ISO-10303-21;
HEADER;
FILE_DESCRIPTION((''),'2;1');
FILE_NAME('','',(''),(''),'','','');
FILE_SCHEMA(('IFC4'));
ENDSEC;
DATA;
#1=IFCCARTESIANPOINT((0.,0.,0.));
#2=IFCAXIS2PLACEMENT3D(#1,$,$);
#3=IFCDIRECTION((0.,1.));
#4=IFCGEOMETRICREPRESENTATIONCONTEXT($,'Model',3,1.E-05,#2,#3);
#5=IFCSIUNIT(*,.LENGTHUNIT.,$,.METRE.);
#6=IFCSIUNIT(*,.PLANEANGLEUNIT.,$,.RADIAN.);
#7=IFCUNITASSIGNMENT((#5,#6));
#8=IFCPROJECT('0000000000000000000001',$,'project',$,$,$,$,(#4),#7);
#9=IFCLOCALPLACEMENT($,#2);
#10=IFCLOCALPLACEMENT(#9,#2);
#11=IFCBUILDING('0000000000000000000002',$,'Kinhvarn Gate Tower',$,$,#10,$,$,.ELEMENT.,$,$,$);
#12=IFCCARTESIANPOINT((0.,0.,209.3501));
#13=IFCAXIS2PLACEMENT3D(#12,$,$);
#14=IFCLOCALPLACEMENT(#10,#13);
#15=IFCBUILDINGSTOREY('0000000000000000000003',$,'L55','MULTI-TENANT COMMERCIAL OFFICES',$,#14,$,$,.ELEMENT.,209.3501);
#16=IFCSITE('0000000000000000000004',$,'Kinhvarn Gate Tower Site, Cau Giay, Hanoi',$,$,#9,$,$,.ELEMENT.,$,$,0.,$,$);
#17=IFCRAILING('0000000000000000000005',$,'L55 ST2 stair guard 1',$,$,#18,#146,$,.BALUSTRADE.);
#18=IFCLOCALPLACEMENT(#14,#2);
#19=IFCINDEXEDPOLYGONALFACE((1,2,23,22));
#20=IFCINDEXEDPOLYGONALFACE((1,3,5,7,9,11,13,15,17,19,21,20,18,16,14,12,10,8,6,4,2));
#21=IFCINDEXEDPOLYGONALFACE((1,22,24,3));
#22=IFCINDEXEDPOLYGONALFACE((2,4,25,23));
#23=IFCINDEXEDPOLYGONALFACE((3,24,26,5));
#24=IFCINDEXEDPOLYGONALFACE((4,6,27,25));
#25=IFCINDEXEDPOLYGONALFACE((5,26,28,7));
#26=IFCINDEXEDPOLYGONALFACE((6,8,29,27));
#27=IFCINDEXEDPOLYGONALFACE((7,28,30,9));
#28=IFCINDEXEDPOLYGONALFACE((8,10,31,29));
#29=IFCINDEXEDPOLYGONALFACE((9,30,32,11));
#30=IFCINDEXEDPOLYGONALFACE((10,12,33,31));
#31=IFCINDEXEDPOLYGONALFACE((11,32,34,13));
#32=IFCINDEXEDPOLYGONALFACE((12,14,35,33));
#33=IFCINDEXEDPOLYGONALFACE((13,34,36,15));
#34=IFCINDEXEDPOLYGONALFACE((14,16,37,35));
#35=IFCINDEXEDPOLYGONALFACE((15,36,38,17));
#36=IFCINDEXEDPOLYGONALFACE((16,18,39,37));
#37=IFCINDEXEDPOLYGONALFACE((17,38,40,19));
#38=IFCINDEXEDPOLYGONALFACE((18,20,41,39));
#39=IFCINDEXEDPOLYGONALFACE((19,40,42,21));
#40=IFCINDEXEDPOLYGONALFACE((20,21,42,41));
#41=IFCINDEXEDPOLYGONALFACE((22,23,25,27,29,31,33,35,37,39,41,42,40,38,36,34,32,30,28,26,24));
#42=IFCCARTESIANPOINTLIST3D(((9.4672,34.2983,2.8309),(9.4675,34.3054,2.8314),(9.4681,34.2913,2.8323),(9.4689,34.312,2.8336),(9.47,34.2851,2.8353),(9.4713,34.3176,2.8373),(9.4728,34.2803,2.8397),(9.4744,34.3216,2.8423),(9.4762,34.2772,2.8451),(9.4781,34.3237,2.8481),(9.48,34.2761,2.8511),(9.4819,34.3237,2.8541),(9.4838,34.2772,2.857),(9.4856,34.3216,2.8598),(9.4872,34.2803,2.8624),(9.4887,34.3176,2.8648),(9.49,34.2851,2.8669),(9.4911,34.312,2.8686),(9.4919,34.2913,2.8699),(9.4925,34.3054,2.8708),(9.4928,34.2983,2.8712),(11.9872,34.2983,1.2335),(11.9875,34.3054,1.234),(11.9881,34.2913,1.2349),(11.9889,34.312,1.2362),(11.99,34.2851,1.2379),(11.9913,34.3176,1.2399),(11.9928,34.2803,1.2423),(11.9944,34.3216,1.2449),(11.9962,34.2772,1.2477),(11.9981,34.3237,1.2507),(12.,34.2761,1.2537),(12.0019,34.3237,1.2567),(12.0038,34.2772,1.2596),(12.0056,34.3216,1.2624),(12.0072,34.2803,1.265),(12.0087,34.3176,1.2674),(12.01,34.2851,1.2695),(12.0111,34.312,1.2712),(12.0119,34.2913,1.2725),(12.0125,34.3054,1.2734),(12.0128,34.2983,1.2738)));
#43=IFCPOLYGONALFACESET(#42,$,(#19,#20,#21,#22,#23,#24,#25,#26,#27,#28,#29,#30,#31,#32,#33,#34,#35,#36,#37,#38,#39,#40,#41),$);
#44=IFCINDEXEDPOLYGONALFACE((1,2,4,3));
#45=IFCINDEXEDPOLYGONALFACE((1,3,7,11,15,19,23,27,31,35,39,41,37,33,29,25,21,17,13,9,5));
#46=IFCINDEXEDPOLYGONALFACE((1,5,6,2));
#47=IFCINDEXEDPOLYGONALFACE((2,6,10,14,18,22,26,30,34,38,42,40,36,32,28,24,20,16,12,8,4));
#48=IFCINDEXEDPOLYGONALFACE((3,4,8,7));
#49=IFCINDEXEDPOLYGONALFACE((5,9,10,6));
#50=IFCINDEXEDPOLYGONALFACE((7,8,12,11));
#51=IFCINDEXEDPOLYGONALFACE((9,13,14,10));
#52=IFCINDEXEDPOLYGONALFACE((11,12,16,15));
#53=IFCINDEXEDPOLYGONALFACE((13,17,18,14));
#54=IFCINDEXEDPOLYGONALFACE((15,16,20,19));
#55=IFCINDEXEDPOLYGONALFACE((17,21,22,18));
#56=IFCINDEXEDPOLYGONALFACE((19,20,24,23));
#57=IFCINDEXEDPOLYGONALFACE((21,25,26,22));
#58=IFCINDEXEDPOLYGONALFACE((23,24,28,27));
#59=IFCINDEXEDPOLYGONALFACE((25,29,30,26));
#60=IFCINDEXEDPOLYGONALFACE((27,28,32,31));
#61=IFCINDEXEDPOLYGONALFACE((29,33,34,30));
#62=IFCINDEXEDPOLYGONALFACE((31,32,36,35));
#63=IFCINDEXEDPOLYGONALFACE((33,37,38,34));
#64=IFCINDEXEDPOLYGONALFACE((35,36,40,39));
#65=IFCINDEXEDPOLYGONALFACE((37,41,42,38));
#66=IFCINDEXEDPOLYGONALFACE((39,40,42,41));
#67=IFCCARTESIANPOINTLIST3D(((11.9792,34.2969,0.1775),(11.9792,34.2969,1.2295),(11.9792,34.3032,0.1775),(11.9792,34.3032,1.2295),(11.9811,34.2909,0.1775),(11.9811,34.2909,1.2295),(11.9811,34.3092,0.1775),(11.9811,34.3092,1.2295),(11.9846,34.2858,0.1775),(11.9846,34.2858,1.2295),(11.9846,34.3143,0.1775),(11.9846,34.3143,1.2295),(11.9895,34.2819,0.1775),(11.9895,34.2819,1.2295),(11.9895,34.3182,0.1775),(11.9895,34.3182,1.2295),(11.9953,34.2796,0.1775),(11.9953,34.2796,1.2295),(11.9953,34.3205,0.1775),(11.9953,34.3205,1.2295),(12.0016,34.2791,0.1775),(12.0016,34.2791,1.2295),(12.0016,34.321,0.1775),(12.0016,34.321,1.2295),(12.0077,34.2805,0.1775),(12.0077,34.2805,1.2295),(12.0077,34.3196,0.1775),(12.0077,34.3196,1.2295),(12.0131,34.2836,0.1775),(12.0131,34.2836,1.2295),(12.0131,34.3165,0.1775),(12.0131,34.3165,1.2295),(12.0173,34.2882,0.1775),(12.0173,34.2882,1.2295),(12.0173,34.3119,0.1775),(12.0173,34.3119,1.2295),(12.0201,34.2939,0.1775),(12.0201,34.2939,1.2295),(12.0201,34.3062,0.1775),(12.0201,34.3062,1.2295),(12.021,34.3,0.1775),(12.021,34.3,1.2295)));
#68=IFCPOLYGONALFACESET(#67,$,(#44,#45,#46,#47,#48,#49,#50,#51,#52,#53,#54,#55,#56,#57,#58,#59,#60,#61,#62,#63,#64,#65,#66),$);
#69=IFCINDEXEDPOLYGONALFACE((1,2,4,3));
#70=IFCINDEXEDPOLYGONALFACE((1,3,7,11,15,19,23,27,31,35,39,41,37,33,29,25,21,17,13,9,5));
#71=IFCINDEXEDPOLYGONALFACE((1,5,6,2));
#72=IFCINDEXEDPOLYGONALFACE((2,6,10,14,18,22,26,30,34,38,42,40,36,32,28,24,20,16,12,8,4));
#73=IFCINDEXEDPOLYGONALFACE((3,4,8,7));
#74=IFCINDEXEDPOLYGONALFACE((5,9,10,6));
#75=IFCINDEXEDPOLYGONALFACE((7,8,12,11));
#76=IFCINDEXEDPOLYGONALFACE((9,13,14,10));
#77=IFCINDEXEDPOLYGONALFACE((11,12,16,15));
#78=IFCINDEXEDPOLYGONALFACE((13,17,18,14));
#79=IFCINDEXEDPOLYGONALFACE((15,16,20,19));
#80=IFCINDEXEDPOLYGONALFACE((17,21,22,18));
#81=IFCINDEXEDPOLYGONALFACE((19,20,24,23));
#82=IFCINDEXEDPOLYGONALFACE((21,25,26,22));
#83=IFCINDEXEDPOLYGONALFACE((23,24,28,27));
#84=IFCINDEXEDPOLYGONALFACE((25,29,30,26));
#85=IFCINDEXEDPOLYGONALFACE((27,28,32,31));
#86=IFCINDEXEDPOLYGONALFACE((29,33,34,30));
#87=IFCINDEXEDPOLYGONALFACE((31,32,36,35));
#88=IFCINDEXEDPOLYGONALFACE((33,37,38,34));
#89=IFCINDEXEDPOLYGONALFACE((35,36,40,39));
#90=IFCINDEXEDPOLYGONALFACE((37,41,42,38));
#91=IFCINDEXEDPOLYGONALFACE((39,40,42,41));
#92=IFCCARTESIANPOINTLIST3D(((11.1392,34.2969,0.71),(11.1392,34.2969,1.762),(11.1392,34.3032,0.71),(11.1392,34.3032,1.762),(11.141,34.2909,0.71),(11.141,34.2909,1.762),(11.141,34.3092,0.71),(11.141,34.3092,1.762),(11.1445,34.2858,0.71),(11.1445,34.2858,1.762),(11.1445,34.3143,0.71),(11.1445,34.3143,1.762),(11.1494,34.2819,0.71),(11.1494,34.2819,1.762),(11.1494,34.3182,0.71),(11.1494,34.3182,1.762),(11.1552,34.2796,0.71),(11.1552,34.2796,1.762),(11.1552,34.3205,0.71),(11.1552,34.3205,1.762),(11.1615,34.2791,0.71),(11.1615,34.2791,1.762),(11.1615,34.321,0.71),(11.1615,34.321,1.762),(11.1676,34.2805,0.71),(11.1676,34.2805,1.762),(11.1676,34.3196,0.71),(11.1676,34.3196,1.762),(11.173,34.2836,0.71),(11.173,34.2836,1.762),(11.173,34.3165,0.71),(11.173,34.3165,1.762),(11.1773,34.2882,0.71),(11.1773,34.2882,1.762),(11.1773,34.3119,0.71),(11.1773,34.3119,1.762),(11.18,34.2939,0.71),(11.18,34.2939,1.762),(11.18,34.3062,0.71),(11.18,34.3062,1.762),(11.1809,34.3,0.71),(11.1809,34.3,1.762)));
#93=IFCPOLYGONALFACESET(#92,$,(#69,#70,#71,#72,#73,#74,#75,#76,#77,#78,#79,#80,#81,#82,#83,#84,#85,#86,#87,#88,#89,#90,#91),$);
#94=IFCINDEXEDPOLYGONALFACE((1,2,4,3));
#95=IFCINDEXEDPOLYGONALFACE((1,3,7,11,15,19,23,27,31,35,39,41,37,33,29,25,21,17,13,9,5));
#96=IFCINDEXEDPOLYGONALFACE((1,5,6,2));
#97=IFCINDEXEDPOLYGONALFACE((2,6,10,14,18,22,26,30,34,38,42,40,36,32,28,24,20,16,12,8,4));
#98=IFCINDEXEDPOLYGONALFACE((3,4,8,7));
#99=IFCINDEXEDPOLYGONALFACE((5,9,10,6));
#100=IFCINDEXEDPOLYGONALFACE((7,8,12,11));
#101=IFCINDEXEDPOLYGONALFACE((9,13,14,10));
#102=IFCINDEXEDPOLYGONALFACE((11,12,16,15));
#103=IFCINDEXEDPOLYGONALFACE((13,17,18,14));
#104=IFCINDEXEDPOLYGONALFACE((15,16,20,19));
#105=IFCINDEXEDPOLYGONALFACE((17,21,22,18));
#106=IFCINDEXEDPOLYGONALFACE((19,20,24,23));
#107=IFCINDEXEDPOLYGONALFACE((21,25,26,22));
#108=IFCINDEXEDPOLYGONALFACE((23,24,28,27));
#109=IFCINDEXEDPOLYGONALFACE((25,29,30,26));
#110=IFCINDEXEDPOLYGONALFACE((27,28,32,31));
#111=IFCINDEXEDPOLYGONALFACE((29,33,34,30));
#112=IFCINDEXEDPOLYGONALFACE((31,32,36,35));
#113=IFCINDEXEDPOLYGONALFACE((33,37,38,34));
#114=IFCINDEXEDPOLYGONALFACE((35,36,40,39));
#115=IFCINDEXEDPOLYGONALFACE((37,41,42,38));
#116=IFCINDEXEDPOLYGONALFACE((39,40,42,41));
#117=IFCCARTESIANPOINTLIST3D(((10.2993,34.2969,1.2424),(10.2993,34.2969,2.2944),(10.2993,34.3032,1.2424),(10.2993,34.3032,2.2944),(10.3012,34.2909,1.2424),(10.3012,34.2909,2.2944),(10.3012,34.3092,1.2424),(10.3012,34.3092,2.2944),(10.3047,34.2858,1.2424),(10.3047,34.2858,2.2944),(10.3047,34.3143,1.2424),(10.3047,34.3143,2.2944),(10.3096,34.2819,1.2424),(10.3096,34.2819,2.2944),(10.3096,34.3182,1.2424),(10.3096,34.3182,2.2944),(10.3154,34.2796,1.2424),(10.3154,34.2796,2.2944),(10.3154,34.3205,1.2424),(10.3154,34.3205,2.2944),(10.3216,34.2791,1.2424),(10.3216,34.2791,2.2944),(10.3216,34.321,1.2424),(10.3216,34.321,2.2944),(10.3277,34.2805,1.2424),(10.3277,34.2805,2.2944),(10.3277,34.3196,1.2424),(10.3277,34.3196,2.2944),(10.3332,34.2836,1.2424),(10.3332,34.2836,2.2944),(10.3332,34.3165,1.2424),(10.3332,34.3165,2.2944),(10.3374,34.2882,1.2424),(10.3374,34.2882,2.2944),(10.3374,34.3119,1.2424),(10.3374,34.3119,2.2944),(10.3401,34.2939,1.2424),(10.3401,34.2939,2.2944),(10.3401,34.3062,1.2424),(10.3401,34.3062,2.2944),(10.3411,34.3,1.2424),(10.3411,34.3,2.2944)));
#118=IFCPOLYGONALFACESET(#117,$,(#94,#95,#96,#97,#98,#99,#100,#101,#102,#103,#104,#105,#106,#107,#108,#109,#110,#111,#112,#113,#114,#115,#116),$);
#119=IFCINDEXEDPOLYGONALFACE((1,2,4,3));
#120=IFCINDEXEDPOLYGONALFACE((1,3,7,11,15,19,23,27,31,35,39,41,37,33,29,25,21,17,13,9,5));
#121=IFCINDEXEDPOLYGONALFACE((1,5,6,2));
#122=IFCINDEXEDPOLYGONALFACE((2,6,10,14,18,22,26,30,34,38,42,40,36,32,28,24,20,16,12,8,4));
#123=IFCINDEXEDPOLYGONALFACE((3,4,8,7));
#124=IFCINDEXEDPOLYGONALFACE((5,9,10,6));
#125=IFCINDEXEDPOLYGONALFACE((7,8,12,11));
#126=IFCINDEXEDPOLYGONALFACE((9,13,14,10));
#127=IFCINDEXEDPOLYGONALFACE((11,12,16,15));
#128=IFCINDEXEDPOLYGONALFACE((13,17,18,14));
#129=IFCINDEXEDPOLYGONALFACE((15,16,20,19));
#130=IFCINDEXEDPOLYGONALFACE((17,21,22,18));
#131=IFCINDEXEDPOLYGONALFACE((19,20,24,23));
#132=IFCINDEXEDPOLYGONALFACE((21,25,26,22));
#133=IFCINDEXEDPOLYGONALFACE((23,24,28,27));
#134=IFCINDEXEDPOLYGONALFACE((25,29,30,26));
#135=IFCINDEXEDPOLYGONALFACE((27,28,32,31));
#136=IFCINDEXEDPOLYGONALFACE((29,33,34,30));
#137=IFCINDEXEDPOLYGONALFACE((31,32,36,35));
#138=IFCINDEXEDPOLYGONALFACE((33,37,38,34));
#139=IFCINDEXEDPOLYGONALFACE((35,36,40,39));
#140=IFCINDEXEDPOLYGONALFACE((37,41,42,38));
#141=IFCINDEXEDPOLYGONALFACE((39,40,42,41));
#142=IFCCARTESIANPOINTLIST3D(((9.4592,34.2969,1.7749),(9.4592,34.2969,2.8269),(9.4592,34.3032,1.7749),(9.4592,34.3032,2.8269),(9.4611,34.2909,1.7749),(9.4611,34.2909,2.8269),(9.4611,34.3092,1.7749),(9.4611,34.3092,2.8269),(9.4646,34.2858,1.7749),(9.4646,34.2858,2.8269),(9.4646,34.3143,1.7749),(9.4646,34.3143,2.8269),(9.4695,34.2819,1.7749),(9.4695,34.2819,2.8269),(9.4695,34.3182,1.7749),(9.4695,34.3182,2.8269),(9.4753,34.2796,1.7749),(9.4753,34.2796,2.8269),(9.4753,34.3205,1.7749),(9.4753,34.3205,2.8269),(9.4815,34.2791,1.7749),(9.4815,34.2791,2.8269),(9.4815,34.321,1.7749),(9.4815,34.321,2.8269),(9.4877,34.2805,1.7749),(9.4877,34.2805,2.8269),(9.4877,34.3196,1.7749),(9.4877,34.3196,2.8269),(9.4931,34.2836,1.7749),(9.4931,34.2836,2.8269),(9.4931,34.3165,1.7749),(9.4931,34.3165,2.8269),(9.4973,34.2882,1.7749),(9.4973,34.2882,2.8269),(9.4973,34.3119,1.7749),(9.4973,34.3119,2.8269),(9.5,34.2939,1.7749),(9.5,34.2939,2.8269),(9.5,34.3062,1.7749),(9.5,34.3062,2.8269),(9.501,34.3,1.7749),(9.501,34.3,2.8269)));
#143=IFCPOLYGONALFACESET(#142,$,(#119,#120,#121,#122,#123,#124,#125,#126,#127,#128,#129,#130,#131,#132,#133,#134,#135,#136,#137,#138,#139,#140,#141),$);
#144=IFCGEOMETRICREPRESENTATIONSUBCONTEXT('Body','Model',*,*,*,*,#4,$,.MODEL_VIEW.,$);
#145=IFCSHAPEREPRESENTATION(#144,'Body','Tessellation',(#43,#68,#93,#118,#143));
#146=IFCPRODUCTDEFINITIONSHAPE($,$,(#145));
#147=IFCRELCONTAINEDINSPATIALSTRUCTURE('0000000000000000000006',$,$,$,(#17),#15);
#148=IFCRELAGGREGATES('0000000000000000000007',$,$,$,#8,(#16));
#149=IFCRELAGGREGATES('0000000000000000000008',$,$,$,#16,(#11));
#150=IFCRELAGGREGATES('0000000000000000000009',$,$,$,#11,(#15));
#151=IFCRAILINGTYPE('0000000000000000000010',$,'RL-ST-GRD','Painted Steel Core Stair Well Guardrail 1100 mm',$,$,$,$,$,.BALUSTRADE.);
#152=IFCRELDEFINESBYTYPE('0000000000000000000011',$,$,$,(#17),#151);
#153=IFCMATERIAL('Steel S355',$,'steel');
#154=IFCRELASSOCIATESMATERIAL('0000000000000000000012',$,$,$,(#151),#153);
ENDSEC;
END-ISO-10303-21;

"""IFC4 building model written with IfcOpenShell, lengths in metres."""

from ifc_helpers import new_model, si_unit, direction, frame, origin, origin_2d, place, context, subcontext, project, spatial, circle, extrude, material, type_object, element, save


model = new_model("IFC4")

# Units and contexts
model_context = context("Model", 3, precision=1e-05, world=origin(), true_north=direction((0.0, 1.0)))
body_context = subcontext(model_context, "Body", "Model", "MODEL_VIEW")
ifc_project = project(units=[si_unit("LENGTHUNIT", "METRE"), si_unit("PLANEANGLEUNIT", "RADIAN")], contexts=[model_context])

# Site, building, storey
site_placement = place(None, origin())
site = spatial("IfcSite", under=ifc_project, at=site_placement, Name="Kinhvarn Gate Tower Site, Cau Giay, Hanoi", CompositionType="ELEMENT", RefElevation=0.0)
building_placement = place(site_placement, origin())
building = spatial("IfcBuilding", under=site, at=building_placement, Name="Kinhvarn Gate Tower", CompositionType="ELEMENT")
storey_placement = place(building_placement, frame((0.0, 0.0, 209.3501)))
storey = spatial("IfcBuildingStorey", under=building, at=storey_placement, Name="L55", Description="MULTI-TENANT COMMERCIAL OFFICES", CompositionType="ELEMENT", Elevation=209.3501)

# Shared definitions
ifc_material_1 = material(Name="Steel S355", Category="steel")

# Railing
railing_type_1 = type_object("IfcRailingType", Name="RL-ST-GRD", Description="Painted Steel Core Stair Well Guardrail 1100 mm", PredefinedType="BALUSTRADE", material=ifc_material_1)
railing_1_placement = place(storey_placement, frame((12.0, 34.3, 0.1775)))
element("IfcRailing", 1, at=railing_1_placement, inside=storey, type_object=railing_type_1, Name="L55 ST2 stair guard 1", PredefinedType="BALUSTRADE", context=body_context, shape_type="SweptSolid", body=[
    extrude(circle(Radius=0.0239, at=origin_2d()), frame((0.0, 0.0, 1.0762), z_axis=(-0.844607, 0.0, 0.535387), x_axis=(0.0, -1.0, 0.0)), (0.0, 0.0, 1.0), 2.9836),
    extrude(circle(Radius=0.021, at=origin_2d()), origin(), (0.0, 0.0, 1.0), 1.052),
    extrude(circle(Radius=0.021, at=origin_2d()), frame((-0.8401, 0.0, 0.5325)), (0.0, 0.0, 1.0), 1.052),
    extrude(circle(Radius=0.021, at=origin_2d()), frame((-1.6799, 0.0, 1.0649)), (0.0, 0.0, 1.0), 1.052),
    extrude(circle(Radius=0.021, at=origin_2d()), frame((-2.52, 0.0, 1.5974)), (0.0, 0.0, 1.0), 1.052),
])

save(model, "model.ifc")
